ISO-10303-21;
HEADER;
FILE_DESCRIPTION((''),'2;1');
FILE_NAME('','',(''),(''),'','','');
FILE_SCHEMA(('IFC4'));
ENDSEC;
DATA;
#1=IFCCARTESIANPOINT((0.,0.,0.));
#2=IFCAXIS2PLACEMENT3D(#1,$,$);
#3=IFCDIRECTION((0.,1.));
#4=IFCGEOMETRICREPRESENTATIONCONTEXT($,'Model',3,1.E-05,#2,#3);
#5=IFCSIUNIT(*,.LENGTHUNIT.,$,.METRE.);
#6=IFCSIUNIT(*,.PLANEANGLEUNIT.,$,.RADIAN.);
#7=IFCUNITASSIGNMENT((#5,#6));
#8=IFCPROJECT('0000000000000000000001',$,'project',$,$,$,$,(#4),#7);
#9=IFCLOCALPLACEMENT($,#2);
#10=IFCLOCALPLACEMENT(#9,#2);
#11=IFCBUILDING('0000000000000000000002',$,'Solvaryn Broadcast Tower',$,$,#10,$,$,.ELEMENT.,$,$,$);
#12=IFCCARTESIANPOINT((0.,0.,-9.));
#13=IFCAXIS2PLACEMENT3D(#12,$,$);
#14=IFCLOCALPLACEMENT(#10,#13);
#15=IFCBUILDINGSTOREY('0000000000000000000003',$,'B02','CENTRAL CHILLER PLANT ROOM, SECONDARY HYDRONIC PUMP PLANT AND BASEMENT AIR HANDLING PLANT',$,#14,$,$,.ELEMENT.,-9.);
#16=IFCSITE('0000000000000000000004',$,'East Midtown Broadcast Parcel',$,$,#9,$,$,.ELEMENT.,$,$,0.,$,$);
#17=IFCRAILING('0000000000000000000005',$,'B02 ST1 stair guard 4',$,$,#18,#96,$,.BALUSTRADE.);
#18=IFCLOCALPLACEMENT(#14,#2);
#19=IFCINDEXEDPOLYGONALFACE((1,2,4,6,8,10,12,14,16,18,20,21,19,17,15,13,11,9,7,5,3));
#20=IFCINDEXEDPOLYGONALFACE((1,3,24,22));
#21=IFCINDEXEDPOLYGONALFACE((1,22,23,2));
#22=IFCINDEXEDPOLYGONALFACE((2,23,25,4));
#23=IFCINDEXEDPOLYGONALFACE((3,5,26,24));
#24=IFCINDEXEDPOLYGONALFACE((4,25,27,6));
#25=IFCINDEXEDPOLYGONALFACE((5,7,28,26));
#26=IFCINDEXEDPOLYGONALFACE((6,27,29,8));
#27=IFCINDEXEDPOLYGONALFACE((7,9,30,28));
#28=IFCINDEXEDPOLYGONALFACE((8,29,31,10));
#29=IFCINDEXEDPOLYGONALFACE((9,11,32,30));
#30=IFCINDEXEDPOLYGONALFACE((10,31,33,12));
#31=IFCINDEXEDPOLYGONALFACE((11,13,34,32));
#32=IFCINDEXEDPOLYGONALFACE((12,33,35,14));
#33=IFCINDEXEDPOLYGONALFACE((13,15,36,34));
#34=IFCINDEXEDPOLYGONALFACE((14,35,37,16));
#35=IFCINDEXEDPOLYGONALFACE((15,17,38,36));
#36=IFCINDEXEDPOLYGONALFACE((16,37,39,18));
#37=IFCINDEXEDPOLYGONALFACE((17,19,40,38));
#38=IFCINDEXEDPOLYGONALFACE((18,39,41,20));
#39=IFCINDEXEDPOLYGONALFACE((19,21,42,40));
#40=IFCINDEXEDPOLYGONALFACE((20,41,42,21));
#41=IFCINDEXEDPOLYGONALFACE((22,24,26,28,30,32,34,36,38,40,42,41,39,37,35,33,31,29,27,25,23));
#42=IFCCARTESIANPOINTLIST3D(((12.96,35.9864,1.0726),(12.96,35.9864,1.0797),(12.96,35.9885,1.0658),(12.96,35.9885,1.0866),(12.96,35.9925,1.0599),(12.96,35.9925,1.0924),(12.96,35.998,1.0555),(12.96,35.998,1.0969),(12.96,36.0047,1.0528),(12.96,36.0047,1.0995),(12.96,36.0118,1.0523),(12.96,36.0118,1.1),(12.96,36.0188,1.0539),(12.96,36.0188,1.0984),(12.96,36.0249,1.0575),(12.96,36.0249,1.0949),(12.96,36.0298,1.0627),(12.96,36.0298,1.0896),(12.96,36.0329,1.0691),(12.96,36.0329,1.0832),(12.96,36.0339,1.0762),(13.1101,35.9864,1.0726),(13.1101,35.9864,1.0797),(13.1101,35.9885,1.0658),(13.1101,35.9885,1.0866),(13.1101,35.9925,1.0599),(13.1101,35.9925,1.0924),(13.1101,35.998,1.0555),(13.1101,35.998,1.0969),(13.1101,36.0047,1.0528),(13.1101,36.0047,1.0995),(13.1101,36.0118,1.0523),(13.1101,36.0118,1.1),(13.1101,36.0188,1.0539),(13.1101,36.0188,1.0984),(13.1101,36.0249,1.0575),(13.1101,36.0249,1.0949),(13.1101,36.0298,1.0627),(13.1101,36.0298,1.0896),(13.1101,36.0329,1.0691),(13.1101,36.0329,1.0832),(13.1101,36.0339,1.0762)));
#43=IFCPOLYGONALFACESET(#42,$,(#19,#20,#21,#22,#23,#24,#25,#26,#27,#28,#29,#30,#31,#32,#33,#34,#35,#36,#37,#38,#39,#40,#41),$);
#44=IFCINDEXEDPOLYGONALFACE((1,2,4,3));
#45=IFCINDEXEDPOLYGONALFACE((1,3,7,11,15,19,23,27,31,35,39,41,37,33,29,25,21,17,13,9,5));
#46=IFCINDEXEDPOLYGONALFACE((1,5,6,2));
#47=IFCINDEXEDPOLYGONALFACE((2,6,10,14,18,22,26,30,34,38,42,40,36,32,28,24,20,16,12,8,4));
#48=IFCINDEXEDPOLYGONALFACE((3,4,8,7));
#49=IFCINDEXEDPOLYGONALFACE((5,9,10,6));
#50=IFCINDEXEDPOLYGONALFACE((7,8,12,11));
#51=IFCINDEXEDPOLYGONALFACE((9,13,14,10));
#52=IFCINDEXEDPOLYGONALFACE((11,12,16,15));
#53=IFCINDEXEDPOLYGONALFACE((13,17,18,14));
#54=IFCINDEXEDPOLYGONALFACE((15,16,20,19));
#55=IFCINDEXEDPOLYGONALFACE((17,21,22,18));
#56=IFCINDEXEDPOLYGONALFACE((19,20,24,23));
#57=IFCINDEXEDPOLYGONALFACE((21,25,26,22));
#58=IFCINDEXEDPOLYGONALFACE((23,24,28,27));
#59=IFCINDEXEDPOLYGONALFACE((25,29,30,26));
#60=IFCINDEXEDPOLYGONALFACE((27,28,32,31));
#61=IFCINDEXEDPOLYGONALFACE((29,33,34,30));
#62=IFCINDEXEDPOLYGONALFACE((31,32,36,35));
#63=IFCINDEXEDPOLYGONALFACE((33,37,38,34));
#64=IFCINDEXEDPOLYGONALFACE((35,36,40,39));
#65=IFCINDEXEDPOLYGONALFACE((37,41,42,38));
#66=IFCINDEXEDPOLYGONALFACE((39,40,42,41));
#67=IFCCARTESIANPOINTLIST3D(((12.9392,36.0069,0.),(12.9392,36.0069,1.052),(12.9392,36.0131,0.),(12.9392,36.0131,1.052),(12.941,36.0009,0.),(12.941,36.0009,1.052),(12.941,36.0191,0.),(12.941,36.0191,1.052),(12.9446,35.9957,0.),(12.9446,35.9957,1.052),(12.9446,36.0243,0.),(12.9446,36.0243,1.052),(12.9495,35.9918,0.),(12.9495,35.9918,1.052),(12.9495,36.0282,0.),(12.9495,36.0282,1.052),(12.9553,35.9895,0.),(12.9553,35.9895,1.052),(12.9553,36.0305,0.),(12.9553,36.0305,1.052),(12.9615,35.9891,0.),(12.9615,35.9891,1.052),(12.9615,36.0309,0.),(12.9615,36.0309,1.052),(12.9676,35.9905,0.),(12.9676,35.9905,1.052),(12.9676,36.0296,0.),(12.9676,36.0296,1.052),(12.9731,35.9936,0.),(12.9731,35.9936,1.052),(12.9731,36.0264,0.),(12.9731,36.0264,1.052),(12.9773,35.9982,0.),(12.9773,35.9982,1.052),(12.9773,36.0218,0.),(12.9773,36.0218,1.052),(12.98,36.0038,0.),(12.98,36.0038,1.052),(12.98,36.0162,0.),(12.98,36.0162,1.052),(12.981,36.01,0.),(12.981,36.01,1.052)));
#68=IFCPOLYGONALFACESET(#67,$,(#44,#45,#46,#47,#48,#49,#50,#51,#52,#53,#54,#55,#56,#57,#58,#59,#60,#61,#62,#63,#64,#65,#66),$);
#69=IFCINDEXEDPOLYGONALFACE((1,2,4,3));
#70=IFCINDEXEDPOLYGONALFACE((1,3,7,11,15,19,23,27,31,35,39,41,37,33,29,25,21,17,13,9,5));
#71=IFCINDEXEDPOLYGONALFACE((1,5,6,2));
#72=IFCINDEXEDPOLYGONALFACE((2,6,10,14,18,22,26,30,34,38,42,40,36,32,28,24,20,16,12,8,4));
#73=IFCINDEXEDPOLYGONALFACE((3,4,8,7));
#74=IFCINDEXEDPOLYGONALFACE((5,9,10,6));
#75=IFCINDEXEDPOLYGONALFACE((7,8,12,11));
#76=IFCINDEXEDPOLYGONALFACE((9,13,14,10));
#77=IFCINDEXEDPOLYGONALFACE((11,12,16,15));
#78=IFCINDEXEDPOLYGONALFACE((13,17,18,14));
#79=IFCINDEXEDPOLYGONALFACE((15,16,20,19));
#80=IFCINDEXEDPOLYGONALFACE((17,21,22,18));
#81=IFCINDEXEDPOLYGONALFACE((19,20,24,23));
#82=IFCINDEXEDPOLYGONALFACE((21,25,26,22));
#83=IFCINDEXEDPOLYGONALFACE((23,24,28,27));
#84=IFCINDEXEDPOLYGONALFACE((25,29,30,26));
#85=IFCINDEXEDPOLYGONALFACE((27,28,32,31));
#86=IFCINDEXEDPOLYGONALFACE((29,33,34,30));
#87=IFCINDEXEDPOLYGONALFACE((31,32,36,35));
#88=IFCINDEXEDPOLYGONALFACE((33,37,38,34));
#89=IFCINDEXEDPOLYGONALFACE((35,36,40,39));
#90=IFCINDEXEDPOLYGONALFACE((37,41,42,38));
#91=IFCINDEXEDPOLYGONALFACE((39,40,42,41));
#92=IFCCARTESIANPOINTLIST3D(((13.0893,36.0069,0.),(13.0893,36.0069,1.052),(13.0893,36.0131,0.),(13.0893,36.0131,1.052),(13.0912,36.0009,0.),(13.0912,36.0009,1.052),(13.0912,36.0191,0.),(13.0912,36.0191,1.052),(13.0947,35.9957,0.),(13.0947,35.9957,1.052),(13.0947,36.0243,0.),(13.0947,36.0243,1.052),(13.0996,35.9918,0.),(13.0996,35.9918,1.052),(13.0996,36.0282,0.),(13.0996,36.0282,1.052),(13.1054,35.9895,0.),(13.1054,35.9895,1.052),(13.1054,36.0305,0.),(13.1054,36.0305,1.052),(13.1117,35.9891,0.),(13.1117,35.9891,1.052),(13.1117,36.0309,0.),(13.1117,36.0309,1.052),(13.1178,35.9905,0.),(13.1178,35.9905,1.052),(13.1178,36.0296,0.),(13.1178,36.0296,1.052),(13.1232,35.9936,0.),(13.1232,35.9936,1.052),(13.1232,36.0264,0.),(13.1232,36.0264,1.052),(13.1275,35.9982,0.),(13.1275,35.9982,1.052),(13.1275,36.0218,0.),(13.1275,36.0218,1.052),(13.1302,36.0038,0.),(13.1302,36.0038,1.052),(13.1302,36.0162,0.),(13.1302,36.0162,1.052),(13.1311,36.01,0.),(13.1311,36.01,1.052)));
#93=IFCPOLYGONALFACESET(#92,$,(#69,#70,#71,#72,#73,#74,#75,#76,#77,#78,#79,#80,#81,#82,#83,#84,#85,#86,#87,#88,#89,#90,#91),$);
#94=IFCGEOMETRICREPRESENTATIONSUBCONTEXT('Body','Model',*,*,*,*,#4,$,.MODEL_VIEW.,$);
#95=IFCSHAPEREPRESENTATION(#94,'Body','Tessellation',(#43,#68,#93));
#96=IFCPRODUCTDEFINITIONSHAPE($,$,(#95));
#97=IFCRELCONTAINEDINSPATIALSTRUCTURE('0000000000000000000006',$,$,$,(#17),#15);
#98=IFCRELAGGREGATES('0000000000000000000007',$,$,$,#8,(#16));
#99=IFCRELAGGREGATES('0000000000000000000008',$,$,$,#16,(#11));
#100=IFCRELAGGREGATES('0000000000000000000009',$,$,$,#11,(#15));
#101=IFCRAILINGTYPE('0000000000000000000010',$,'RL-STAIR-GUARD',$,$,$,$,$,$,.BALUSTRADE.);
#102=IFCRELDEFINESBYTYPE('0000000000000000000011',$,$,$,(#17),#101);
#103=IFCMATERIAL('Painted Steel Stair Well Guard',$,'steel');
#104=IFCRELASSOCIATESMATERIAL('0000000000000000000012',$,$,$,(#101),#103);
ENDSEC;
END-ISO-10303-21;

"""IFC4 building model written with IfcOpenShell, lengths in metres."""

from ifc_helpers import new_model, si_unit, direction, frame, origin, origin_2d, place, context, subcontext, project, spatial, circle, extrude, material, type_object, element, save


model = new_model("IFC4")

# Units and contexts
model_context = context("Model", 3, precision=1e-05, world=origin(), true_north=direction((0.0, 1.0)))
body_context = subcontext(model_context, "Body", "Model", "MODEL_VIEW")
ifc_project = project(units=[si_unit("LENGTHUNIT", "METRE"), si_unit("PLANEANGLEUNIT", "RADIAN")], contexts=[model_context])

# Site, building, storey
site_placement = place(None, origin())
site = spatial("IfcSite", under=ifc_project, at=site_placement, Name="East Midtown Broadcast Parcel", CompositionType="ELEMENT", RefElevation=0.0)
building_placement = place(site_placement, origin())
building = spatial("IfcBuilding", under=site, at=building_placement, Name="Solvaryn Broadcast Tower", CompositionType="ELEMENT")
storey_placement = place(building_placement, frame((0.0, 0.0, -9.0)))
storey = spatial("IfcBuildingStorey", under=building, at=storey_placement, Name="B02", Description="CENTRAL CHILLER PLANT ROOM, SECONDARY HYDRONIC PUMP PLANT AND BASEMENT AIR HANDLING PLANT", CompositionType="ELEMENT", Elevation=-9.0)

# Railing
ifc_material_1 = material(Name="Painted Steel Stair Well Guard", Category="steel")
railing_type = type_object("IfcRailingType", Name="RL-STAIR-GUARD", PredefinedType="BALUSTRADE", material=ifc_material_1)
railing_placement = place(storey_placement, frame((12.96, 36.01, 0.0)))
element("IfcRailing", 1, at=railing_placement, inside=storey, type_object=railing_type, Name="B02 ST1 stair guard 4", PredefinedType="BALUSTRADE", context=body_context, shape_type="SweptSolid", body=[
    extrude(circle(Radius=0.0239, at=origin_2d()), frame((0.0, 0.0, 1.0762), z_axis=(1.0, 0.0, 0.0), x_axis=(0.0, 1.0, 0.0)), (0.0, 0.0, 1.0), 0.1501),
    extrude(circle(Radius=0.021, at=origin_2d()), origin(), (0.0, 0.0, 1.0), 1.052),
    extrude(circle(Radius=0.021, at=origin_2d()), frame((0.1501, 0.0, 0.0)), (0.0, 0.0, 1.0), 1.052),
])

save(model, "model.ifc")
